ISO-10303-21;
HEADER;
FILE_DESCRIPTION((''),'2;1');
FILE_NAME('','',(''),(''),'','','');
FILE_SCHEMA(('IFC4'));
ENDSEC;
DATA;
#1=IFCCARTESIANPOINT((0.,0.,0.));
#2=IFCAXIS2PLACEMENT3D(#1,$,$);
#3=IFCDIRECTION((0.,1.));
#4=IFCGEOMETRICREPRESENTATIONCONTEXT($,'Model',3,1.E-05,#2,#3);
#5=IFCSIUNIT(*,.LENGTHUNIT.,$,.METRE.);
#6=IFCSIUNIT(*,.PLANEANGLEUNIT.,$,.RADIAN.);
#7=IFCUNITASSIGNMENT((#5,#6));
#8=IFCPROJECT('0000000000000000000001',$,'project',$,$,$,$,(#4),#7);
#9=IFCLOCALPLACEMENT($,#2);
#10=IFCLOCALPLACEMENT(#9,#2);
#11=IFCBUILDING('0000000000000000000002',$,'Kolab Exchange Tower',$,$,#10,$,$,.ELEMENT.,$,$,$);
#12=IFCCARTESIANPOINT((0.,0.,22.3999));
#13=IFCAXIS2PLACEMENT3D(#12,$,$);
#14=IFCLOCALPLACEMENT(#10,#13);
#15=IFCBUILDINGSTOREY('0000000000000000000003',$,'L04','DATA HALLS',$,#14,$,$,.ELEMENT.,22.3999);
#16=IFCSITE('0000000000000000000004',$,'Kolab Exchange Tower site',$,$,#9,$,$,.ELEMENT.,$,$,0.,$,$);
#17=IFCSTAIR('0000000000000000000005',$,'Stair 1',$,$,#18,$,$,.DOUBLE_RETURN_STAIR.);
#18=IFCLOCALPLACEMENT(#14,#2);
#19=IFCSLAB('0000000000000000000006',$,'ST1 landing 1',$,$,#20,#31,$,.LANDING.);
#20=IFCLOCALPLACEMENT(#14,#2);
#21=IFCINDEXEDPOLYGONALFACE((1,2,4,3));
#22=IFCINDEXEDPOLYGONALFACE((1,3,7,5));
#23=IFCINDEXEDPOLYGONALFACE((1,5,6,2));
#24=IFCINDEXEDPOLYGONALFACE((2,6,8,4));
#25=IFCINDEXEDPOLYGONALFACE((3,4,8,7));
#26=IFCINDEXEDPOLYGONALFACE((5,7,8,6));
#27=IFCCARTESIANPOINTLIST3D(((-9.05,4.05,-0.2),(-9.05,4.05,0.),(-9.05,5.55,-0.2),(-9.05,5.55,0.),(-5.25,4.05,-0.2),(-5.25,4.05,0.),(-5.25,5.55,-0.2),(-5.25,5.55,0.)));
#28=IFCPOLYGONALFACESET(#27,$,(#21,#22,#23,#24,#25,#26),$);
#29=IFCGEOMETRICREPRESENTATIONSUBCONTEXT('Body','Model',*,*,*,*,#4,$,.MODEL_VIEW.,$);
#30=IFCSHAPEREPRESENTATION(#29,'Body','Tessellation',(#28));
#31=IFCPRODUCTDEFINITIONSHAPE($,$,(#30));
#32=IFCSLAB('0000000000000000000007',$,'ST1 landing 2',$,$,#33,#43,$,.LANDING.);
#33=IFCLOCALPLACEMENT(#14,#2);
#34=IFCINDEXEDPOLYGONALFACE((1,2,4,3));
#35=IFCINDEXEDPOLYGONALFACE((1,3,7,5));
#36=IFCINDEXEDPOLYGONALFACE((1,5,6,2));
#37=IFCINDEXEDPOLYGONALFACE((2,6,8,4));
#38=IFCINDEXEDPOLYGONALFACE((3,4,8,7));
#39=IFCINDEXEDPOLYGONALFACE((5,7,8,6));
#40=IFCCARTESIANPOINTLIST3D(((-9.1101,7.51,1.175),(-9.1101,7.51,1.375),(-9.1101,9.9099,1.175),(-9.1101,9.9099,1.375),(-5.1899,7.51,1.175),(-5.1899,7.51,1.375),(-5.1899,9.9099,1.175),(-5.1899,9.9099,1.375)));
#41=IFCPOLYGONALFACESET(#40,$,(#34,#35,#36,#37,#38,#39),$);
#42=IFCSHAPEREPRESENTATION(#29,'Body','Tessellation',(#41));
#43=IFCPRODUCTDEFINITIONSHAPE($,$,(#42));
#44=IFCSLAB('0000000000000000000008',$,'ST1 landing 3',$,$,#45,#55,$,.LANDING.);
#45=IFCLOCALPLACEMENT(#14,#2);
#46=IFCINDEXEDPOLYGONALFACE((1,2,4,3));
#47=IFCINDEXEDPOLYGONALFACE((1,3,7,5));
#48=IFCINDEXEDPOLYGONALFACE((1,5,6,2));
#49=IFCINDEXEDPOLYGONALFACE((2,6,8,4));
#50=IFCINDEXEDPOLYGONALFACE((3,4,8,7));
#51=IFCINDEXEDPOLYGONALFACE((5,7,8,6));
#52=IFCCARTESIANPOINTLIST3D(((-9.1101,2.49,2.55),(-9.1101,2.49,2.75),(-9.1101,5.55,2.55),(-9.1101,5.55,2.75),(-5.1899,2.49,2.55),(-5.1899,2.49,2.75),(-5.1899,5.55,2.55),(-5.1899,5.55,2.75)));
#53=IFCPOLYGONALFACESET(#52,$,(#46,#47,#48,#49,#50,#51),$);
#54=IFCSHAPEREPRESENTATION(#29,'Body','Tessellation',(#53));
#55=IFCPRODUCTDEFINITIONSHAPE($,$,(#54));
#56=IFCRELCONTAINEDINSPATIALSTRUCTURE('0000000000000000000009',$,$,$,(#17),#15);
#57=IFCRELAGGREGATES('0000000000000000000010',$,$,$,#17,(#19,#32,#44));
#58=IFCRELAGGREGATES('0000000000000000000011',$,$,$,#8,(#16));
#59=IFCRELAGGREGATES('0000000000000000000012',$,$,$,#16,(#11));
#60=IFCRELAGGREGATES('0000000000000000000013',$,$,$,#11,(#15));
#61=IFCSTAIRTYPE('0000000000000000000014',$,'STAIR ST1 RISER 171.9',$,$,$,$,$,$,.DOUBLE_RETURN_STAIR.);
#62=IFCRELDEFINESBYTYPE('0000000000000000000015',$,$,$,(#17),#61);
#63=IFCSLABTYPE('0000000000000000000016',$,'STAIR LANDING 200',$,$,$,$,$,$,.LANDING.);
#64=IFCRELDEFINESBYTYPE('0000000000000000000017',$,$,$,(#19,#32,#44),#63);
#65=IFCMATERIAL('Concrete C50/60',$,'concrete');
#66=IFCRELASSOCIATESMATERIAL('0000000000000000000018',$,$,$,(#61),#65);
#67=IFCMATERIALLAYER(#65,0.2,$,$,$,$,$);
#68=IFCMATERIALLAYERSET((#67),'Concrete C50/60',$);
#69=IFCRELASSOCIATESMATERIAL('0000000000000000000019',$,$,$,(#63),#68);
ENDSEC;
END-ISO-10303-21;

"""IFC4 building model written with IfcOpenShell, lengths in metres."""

from ifc_helpers import new_model, si_unit, direction, frame, origin, place, context, subcontext, project, spatial, polyline, outline, extrude, material, layer, layer_set, type_object, element, aggregate, save


model = new_model("IFC4")

# Units and contexts
model_context = context("Model", 3, precision=1e-05, world=origin(), true_north=direction((0.0, 1.0)))
body_context = subcontext(model_context, "Body", "Model", "MODEL_VIEW")
ifc_project = project(units=[si_unit("LENGTHUNIT", "METRE"), si_unit("PLANEANGLEUNIT", "RADIAN")], contexts=[model_context])

# Site, building, storey
site_placement = place(None, origin())
site = spatial("IfcSite", under=ifc_project, at=site_placement, Name="Kolab Exchange Tower site", CompositionType="ELEMENT", RefElevation=0.0)
building_placement = place(site_placement, origin())
building = spatial("IfcBuilding", under=site, at=building_placement, Name="Kolab Exchange Tower", CompositionType="ELEMENT")
storey_placement = place(building_placement, frame((0.0, 0.0, 22.3999)))
storey = spatial("IfcBuildingStorey", under=building, at=storey_placement, Name="L04", Description="DATA HALLS", CompositionType="ELEMENT", Elevation=22.3999)

# Stair, slabs
ifc_material_1 = material(Name="Concrete C50/60", Category="concrete")
stair_type = type_object("IfcStairType", Name="STAIR ST1 RISER 171.9", PredefinedType="DOUBLE_RETURN_STAIR", material=ifc_material_1)
stair_placement = place(storey_placement, origin())
stair = element("IfcStair", 1, at=stair_placement, inside=storey, type_object=stair_type, Name="Stair 1", PredefinedType="DOUBLE_RETURN_STAIR")
ifc_layer_1 = layer(ifc_material_1, 0.2)
ifc_layer_set_1 = layer_set([ifc_layer_1], Name="Concrete C50/60")
slab_type_1 = type_object("IfcSlabType", Name="STAIR LANDING 200", PredefinedType="LANDING", material=ifc_layer_set_1)
slab_1_placement = place(storey_placement, frame((0.0, 0.0, -0.2)))
slab_1 = element("IfcSlab", 2, at=slab_1_placement, type_object=slab_type_1, Name="ST1 landing 1", PredefinedType="LANDING", context=body_context, shape_type="SweptSolid", body=[
    extrude(outline(polyline([(-9.05, 4.05), (-5.25, 4.05), (-5.25, 5.55), (-9.05, 5.55), (-9.05, 4.05)])), origin(), (0.0, 0.0, 1.0), 0.2),
])
slab_2_placement = place(storey_placement, frame((0.0, 0.0, 1.175)))
slab_2 = element("IfcSlab", 3, at=slab_2_placement, type_object=slab_type_1, Name="ST1 landing 2", PredefinedType="LANDING", context=body_context, shape_type="SweptSolid", body=[
    extrude(outline(polyline([(-9.1101, 7.51), (-5.1899, 7.51), (-5.1899, 9.9099), (-9.1101, 9.9099), (-9.1101, 7.51)])), origin(), (0.0, 0.0, 1.0), 0.2),
])
slab_3_placement = place(storey_placement, frame((0.0, 0.0, 2.55)))
slab_3 = element("IfcSlab", 4, at=slab_3_placement, type_object=slab_type_1, Name="ST1 landing 3", PredefinedType="LANDING", context=body_context, shape_type="SweptSolid", body=[
    extrude(outline(polyline([(-9.1101, 2.49), (-5.1899, 2.49), (-5.1899, 5.55), (-9.1101, 5.55), (-9.1101, 2.49)])), origin(), (0.0, 0.0, 1.0), 0.2),
])
aggregate(stair, [slab_1, slab_2, slab_3])

save(model, "model.ifc")
